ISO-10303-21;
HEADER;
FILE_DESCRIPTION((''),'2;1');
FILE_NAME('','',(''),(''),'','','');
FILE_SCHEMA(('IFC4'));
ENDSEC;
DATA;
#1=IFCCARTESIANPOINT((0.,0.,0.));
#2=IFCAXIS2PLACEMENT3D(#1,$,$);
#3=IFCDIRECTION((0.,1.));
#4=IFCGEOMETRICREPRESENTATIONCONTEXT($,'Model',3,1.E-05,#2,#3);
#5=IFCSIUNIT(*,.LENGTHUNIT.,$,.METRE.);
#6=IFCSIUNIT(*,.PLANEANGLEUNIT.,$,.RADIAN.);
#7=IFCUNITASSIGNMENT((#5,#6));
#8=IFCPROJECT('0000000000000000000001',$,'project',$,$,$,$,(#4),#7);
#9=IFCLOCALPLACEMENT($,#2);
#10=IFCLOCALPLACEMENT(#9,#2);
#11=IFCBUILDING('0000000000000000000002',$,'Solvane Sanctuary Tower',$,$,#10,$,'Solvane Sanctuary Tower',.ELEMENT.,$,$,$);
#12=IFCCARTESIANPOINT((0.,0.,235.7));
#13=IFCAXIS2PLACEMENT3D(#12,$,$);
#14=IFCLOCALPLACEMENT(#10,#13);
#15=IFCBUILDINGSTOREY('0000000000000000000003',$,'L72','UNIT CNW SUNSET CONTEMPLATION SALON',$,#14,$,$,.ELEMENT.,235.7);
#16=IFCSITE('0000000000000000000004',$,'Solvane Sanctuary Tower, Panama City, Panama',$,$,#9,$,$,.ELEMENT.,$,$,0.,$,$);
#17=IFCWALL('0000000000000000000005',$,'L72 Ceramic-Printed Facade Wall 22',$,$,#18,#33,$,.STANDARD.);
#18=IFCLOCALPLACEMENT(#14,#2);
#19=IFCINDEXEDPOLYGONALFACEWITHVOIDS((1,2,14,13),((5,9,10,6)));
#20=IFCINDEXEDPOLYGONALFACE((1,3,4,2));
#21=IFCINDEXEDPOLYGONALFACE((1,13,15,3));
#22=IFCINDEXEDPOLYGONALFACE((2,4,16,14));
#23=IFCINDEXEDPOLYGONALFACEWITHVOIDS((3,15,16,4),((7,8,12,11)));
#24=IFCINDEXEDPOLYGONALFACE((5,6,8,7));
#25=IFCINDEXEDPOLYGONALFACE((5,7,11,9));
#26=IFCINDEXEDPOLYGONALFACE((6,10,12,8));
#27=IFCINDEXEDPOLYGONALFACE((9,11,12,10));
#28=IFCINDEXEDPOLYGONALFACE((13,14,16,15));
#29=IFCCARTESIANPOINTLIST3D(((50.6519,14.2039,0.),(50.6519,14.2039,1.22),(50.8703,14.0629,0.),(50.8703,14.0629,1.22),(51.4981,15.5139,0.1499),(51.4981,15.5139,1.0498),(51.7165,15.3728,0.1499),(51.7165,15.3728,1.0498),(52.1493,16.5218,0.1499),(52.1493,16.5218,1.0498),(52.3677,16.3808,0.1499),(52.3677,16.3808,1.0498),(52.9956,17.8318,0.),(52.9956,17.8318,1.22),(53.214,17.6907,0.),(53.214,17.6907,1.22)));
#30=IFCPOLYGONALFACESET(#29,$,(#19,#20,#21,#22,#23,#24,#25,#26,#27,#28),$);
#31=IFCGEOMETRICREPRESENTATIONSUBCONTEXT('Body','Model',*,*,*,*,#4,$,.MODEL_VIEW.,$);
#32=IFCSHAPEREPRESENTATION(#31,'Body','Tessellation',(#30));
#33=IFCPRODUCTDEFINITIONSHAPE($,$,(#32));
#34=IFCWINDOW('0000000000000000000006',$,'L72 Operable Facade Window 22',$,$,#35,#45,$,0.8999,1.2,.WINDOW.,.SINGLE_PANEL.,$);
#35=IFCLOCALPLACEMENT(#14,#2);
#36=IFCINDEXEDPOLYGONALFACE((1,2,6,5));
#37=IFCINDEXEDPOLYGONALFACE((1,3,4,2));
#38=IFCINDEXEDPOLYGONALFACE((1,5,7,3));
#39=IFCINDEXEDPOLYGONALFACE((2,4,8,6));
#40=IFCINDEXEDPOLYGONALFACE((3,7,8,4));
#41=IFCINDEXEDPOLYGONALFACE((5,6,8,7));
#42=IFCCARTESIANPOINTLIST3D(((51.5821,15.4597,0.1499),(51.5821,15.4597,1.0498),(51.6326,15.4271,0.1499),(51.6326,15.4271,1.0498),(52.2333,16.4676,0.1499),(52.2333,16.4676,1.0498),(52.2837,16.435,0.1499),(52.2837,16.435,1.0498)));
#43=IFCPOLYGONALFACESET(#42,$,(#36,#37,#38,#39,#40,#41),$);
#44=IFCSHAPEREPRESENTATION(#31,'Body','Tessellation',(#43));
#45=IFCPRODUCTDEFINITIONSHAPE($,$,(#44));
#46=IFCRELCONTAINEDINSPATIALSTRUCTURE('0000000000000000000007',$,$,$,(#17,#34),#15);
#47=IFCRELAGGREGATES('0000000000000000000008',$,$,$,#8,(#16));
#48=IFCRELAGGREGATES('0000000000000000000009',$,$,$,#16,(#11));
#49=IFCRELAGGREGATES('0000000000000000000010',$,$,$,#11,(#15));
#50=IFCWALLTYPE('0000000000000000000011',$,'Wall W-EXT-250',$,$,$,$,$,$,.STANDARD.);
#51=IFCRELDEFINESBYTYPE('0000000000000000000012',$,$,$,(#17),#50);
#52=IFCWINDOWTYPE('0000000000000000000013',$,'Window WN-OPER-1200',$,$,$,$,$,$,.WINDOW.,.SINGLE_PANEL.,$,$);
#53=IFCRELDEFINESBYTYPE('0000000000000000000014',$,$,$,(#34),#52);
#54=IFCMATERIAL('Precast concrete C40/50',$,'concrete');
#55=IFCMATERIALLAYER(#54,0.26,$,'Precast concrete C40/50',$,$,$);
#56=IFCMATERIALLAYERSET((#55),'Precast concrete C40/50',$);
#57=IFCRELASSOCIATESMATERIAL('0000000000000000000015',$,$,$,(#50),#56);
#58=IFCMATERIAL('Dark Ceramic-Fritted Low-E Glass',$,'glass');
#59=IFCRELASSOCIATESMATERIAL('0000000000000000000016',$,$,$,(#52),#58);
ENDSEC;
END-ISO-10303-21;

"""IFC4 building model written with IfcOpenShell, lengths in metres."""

from ifc_helpers import new_model, si_unit, direction, frame, frame_2d, origin, place, context, subcontext, project, spatial, rectangle, extrude, material, layer, layer_set, type_object, element, fill, save


model = new_model("IFC4")

# Units and contexts
model_context = context("Model", 3, precision=1e-05, world=origin(), true_north=direction((0.0, 1.0)))
body_context = subcontext(model_context, "Body", "Model", "MODEL_VIEW")
ifc_project = project(units=[si_unit("LENGTHUNIT", "METRE"), si_unit("PLANEANGLEUNIT", "RADIAN")], contexts=[model_context])

# Site, building, storey
site_placement = place(None, origin())
site = spatial("IfcSite", under=ifc_project, at=site_placement, Name="Solvane Sanctuary Tower, Panama City, Panama", CompositionType="ELEMENT", RefElevation=0.0)
building_placement = place(site_placement, origin())
building = spatial("IfcBuilding", under=site, at=building_placement, Name="Solvane Sanctuary Tower", LongName="Solvane Sanctuary Tower", CompositionType="ELEMENT")
storey_placement = place(building_placement, frame((0.0, 0.0, 235.7)))
storey = spatial("IfcBuildingStorey", under=building, at=storey_placement, Name="L72", Description="UNIT CNW SUNSET CONTEMPLATION SALON", CompositionType="ELEMENT", Elevation=235.7)

# Shared definitions
ifc_material_1 = material(Name="Dark Ceramic-Fritted Low-E Glass", Category="glass")

# Shared definitions
ifc_material_2 = material(Name="Precast concrete C40/50", Category="concrete")
ifc_layer_1 = layer(ifc_material_2, 0.26, Name="Precast concrete C40/50")
ifc_layer_set_1 = layer_set([ifc_layer_1], Name="Precast concrete C40/50")
wall_type_1 = type_object("IfcWallType", Name="Wall W-EXT-250", PredefinedType="STANDARD", material=ifc_layer_set_1)

# Wall, opening, window
window_type = type_object("IfcWindowType", Name="Window WN-OPER-1200", PartitioningType="SINGLE_PANEL", PredefinedType="WINDOW", material=ifc_material_1)
wall_1_placement = place(storey_placement, frame((50.761, 14.1333, 0.0), z_axis=(0.0, 0.0, 1.0), x_axis=(0.542642, 0.839964, 0.0)))
wall_1 = element("IfcWall", 1, at=wall_1_placement, inside=storey, type_object=wall_type_1, Name="L72 Ceramic-Printed Facade Wall 22", PredefinedType="STANDARD", context=body_context, shape_type="SweptSolid", body=[
    extrude(rectangle(XDim=4.3191, YDim=0.26, at=frame_2d((2.1597, 0.0))), origin(), (0.0, 0.0, 1.0), 1.22),
])
opening_1_placement = place(wall_1_placement, frame((1.5596, 0.0, 0.1499)))
opening_1 = element("IfcOpeningElement", 2, at=opening_1_placement, cuts=wall_1, PredefinedType="OPENING", context=body_context, shape_type="SweptSolid", body=[
    extrude(rectangle(XDim=1.2, YDim=0.8999, at=frame_2d((0.6001, 0.45))), frame((0.0, 0.1399, 0.0), z_axis=(0.0, -1.0, 0.0), x_axis=(1.0, 0.0, 0.0)), (0.0, 0.0, 1.0), 0.28),
])
window_1_placement = place(opening_1_placement, origin())
window_1 = element("IfcWindow", 3, at=window_1_placement, inside=storey, type_object=window_type, Name="L72 Operable Facade Window 22", OverallHeight=0.8999, OverallWidth=1.2, PartitioningType="SINGLE_PANEL", PredefinedType="WINDOW", context=body_context, shape_type="SweptSolid", body=[
    extrude(rectangle(XDim=1.2, YDim=0.8999, at=frame_2d((0.6001, 0.45))), frame((0.0, 0.03, 0.0), z_axis=(0.0, -1.0, 0.0), x_axis=(1.0, 0.0, 0.0)), (0.0, 0.0, 1.0), 0.0601),
])
fill(opening_1, window_1)

save(model, "model.ifc")
